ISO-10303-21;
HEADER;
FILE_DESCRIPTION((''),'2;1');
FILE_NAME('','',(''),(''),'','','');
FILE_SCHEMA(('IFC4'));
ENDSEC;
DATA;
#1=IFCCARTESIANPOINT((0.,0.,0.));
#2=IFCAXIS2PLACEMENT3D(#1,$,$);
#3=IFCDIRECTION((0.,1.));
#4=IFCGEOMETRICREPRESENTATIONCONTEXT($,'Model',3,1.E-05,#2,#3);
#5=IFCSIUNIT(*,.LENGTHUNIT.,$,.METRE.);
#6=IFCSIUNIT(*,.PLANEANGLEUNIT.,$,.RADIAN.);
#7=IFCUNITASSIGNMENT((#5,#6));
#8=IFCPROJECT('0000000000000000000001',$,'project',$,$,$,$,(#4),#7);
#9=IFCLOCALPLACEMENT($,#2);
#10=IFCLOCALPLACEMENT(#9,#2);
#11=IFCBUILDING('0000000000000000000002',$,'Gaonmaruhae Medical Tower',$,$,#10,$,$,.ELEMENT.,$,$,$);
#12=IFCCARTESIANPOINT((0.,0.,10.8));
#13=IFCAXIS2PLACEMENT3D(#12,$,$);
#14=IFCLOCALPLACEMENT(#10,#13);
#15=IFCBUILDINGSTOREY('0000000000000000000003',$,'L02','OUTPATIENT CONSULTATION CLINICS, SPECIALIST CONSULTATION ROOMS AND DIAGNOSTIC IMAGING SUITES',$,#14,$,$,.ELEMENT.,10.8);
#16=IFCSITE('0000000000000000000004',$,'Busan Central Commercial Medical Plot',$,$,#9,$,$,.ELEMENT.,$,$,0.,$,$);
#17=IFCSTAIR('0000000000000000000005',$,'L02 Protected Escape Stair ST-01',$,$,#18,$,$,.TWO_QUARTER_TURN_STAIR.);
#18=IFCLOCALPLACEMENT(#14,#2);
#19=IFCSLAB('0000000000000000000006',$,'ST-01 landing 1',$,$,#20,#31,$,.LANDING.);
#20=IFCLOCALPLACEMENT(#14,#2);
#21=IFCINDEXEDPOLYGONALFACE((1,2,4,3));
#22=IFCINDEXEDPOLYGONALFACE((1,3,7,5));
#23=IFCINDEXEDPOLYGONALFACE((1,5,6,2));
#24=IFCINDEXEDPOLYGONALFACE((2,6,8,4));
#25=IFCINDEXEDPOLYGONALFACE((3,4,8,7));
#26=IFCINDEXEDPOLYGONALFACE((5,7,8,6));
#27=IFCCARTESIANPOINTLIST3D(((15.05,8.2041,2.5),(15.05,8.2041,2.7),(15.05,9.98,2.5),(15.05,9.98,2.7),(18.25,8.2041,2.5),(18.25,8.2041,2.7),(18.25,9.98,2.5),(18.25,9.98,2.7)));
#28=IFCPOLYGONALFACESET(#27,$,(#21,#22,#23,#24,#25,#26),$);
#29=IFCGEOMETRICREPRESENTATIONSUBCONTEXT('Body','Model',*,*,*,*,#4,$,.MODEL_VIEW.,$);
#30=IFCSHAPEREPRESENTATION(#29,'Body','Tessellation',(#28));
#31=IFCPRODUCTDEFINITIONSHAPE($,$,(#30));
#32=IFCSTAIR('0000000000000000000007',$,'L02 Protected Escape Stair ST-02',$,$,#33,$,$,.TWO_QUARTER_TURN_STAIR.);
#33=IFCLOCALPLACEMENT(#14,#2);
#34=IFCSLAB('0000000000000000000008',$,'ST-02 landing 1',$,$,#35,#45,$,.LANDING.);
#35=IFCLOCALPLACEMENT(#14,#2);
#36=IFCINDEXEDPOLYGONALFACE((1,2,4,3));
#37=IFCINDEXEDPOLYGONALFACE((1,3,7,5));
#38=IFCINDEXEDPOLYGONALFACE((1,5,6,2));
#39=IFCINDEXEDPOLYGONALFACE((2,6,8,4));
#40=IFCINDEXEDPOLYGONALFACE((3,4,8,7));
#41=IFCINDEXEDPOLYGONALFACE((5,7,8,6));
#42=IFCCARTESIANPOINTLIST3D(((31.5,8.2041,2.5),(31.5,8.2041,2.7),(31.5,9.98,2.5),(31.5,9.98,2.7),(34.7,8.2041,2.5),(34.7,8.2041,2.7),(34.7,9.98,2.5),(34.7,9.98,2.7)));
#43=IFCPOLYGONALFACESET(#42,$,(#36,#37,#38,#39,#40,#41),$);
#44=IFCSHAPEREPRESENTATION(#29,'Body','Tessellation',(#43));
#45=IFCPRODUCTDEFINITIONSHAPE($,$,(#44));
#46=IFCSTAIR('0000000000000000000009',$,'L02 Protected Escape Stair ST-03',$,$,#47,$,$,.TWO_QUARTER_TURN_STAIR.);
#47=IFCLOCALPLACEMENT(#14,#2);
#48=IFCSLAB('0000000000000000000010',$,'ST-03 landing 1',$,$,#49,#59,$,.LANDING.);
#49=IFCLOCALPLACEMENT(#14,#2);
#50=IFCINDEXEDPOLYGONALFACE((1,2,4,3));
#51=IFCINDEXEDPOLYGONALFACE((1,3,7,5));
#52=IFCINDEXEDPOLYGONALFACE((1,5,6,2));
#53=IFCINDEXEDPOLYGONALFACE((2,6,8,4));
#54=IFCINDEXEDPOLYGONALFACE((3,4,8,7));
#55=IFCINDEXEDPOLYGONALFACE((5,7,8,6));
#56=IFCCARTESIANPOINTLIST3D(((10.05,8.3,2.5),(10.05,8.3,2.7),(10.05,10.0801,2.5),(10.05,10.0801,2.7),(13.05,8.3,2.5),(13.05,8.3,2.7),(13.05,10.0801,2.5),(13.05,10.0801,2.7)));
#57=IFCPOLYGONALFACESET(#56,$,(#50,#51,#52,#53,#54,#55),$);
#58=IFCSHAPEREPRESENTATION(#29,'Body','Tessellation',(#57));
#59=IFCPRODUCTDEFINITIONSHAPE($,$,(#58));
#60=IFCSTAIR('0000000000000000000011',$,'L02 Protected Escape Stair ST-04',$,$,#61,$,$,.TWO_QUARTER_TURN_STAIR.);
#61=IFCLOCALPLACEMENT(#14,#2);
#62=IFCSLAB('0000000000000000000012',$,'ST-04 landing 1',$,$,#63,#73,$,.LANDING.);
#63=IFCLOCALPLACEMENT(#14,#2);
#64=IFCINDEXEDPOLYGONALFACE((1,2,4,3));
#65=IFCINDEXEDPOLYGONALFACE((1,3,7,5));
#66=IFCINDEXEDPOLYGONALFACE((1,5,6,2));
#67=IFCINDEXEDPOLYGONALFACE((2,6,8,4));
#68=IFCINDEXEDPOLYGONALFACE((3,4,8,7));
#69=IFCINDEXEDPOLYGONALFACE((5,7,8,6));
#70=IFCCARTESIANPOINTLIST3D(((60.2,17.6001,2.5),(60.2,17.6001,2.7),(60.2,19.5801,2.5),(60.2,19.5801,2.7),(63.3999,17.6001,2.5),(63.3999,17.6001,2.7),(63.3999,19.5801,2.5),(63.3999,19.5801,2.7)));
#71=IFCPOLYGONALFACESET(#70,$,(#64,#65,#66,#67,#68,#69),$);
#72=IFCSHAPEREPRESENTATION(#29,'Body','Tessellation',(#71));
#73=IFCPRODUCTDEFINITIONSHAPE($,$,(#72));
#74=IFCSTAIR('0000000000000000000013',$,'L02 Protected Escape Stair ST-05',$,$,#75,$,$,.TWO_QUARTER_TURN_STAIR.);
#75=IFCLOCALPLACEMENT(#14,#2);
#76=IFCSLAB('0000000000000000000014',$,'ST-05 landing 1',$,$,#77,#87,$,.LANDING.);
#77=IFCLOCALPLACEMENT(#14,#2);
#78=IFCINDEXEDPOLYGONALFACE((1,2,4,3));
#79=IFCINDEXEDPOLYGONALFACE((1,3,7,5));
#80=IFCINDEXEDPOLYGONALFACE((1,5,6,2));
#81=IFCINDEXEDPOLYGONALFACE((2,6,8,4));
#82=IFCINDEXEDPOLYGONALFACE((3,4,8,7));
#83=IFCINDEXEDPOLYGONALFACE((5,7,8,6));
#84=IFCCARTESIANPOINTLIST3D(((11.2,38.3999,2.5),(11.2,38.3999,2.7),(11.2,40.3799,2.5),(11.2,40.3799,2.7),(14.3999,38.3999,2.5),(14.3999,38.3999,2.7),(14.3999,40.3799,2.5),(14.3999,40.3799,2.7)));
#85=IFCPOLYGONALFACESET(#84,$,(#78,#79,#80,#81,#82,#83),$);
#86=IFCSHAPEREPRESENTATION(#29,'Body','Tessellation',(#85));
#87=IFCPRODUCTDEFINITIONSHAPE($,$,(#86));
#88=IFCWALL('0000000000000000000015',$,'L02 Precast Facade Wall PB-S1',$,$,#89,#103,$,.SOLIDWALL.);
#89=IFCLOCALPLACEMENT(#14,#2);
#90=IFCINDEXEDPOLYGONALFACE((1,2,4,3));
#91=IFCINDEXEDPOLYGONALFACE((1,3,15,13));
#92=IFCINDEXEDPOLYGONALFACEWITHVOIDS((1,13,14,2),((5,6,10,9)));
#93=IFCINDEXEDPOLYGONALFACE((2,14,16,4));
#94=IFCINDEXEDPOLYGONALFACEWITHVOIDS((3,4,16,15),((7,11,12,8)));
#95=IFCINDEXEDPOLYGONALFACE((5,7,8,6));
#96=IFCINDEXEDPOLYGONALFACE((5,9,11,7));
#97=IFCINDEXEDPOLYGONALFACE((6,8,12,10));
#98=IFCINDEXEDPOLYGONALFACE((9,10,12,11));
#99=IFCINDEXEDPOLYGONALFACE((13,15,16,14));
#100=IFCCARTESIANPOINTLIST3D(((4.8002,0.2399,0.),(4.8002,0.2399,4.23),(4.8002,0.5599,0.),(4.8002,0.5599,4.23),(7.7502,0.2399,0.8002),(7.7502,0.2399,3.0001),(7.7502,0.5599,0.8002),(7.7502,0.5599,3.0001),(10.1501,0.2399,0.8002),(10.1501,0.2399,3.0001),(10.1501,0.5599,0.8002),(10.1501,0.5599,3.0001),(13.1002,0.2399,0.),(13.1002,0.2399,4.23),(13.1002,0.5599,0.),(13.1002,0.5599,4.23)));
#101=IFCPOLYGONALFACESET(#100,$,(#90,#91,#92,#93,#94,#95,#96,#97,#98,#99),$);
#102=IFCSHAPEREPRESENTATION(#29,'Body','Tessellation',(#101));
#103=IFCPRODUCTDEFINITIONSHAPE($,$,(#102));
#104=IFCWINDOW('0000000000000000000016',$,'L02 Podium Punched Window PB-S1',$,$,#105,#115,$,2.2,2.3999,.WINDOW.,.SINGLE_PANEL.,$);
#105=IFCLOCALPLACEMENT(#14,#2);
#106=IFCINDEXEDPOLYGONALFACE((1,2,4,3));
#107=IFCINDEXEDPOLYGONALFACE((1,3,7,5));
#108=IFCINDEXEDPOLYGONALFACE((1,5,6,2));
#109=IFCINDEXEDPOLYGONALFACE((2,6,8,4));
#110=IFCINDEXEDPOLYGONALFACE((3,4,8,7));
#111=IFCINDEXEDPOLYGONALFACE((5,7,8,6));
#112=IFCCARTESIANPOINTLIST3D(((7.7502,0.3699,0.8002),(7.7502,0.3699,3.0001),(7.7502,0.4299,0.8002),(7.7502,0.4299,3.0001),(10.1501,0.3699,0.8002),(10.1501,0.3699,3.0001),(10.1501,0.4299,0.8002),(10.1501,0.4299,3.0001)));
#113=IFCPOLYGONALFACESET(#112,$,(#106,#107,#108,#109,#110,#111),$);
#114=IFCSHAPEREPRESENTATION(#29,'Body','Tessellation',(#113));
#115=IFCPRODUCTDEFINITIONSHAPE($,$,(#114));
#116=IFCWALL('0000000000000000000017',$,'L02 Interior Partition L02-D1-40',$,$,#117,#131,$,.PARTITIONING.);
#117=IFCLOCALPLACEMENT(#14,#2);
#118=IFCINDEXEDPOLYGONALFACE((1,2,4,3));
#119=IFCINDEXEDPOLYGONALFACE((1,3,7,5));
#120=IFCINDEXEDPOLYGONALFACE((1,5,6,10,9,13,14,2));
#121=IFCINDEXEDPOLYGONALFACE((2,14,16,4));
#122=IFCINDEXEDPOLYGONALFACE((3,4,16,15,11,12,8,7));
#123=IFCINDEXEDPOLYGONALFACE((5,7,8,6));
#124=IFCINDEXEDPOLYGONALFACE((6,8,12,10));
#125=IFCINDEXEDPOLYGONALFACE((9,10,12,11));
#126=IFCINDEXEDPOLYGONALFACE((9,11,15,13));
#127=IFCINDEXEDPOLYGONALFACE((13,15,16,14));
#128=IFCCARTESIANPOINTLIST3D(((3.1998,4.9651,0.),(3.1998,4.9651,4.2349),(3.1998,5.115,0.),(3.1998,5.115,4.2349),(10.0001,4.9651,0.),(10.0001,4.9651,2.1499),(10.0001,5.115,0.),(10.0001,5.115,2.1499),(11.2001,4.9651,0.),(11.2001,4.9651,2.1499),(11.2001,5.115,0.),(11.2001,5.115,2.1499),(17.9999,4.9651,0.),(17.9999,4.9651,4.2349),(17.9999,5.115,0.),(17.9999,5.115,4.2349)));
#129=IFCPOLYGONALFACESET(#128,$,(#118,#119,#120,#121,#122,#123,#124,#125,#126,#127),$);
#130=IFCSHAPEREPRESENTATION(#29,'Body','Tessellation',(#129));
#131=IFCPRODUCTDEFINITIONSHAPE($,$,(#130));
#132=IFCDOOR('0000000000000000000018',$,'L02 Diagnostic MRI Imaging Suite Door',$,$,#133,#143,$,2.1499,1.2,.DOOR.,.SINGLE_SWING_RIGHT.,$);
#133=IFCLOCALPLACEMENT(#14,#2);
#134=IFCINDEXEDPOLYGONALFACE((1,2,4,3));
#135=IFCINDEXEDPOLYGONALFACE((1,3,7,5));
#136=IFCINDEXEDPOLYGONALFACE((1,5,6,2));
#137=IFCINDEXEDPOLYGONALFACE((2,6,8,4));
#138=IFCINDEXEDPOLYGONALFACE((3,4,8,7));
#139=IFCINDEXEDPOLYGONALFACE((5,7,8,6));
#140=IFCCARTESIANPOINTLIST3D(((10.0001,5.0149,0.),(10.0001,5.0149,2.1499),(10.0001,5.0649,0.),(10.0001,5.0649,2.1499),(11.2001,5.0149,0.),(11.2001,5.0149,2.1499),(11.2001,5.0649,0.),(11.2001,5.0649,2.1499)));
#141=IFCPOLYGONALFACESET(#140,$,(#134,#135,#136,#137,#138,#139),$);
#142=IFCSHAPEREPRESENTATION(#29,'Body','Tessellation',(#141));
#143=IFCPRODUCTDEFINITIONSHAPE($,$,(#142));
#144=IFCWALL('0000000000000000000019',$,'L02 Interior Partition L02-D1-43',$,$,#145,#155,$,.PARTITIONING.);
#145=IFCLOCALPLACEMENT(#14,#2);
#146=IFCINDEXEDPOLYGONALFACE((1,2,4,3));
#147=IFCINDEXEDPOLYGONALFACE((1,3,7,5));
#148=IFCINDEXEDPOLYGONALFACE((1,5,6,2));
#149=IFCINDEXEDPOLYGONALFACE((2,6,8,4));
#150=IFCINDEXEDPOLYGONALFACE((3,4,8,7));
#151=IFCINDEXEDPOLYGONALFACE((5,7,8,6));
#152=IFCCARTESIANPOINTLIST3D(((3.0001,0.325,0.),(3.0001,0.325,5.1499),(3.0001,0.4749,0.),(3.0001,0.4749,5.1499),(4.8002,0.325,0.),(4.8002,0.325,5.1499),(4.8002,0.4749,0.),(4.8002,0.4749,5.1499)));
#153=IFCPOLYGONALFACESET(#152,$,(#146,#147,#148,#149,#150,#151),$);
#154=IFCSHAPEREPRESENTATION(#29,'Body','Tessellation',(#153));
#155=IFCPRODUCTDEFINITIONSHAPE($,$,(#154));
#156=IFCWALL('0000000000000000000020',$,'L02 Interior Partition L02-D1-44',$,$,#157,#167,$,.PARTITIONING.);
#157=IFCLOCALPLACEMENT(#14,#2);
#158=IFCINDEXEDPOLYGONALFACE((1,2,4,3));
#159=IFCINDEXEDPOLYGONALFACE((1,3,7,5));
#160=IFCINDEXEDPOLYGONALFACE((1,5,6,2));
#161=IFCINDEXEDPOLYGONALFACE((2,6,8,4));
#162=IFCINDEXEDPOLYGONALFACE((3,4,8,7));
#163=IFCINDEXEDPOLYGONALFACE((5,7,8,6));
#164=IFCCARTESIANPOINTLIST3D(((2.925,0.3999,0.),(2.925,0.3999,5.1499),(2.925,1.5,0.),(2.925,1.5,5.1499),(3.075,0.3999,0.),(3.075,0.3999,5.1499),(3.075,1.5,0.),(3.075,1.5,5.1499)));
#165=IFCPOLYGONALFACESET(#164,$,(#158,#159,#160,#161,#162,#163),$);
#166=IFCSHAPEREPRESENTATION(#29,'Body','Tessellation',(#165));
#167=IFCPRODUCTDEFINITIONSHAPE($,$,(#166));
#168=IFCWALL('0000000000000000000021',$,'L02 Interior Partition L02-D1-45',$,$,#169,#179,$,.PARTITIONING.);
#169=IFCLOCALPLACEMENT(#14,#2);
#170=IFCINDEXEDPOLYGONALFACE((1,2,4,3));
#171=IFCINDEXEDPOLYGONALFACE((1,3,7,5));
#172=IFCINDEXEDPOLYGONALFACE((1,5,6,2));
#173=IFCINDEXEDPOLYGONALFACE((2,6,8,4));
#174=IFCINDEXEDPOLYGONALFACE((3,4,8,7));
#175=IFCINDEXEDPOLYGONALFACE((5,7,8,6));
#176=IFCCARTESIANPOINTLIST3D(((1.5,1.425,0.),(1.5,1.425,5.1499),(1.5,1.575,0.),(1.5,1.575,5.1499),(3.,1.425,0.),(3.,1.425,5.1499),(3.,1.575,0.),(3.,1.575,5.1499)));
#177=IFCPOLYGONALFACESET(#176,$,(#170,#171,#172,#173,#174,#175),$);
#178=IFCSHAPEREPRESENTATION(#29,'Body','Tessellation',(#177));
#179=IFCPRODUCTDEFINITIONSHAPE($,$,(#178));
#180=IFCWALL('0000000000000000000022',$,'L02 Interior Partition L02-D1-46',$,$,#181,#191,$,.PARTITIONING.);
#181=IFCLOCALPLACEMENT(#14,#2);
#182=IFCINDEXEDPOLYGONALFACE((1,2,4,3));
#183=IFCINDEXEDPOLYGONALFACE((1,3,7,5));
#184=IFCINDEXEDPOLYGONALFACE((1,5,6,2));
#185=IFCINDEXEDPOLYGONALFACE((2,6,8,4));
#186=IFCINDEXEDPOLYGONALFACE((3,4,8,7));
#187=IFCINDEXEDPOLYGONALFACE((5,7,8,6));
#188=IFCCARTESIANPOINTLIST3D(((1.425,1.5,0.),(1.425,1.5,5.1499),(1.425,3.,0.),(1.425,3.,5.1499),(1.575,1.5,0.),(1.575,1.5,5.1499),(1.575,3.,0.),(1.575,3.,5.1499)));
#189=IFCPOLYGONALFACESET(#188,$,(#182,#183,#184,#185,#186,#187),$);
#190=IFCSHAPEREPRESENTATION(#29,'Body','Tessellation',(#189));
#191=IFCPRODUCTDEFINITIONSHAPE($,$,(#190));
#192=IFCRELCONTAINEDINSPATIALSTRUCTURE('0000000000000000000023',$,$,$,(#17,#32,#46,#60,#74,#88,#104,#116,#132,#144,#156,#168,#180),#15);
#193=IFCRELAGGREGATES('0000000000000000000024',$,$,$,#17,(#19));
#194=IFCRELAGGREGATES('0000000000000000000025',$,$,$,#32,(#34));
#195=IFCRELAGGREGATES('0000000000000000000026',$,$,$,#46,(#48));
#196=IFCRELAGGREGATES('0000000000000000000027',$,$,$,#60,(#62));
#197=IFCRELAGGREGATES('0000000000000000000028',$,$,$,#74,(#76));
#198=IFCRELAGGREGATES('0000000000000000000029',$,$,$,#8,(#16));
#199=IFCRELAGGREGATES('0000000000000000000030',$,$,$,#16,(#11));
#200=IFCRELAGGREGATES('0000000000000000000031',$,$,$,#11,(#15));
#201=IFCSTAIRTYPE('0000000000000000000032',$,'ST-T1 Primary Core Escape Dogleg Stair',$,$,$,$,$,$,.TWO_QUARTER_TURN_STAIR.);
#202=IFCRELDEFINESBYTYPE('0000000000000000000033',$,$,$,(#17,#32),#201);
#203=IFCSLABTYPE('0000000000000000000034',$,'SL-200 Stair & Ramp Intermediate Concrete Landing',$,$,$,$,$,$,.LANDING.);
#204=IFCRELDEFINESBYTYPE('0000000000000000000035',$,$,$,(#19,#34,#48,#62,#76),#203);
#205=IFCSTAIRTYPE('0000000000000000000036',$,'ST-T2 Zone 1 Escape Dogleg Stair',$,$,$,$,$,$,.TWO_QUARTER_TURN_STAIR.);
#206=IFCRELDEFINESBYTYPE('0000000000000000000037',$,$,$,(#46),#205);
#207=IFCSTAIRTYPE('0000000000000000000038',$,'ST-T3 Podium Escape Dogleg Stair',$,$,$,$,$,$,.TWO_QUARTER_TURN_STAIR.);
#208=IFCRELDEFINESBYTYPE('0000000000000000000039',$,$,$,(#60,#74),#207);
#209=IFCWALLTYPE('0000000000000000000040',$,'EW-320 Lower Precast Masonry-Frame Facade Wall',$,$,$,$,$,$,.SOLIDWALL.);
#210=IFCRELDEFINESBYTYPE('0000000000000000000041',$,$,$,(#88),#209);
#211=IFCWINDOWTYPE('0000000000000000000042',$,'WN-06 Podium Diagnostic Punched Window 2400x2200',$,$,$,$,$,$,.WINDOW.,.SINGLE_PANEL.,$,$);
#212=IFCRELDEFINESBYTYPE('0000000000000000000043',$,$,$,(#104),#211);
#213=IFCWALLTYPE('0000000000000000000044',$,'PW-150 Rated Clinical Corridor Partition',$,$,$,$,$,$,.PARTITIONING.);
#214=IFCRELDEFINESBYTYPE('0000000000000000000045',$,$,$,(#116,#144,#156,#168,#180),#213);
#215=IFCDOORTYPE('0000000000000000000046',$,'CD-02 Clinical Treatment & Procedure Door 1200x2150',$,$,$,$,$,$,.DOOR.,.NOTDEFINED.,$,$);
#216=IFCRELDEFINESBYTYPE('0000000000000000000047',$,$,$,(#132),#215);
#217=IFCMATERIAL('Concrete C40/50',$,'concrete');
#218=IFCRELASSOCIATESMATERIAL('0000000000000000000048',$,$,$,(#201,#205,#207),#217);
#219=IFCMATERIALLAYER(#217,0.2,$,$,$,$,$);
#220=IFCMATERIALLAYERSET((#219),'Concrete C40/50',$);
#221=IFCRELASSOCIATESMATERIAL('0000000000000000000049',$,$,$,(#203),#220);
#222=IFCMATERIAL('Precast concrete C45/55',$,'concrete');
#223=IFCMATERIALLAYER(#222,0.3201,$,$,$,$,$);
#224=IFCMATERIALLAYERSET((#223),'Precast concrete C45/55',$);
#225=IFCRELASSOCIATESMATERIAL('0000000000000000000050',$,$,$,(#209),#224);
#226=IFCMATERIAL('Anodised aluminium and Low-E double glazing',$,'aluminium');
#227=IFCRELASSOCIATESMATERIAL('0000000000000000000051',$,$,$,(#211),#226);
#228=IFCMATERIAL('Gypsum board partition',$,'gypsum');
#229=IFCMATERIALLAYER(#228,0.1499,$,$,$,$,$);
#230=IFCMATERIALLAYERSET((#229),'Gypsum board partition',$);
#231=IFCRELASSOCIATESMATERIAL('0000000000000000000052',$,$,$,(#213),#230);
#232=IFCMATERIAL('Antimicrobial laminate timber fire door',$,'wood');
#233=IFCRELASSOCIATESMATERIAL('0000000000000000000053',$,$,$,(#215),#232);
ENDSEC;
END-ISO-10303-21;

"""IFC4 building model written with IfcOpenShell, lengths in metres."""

from ifc_helpers import new_model, si_unit, direction, frame, frame_2d, origin, place, context, subcontext, project, spatial, polyline, rectangle, outline, extrude, material, layer, layer_set, type_object, element, fill, aggregate, save


model = new_model("IFC4")

# Units and contexts
model_context = context("Model", 3, precision=1e-05, world=origin(), true_north=direction((0.0, 1.0)))
body_context = subcontext(model_context, "Body", "Model", "MODEL_VIEW")
ifc_project = project(units=[si_unit("LENGTHUNIT", "METRE"), si_unit("PLANEANGLEUNIT", "RADIAN")], contexts=[model_context])

# Site, building, storey
site_placement = place(None, origin())
site = spatial("IfcSite", under=ifc_project, at=site_placement, Name="Busan Central Commercial Medical Plot", CompositionType="ELEMENT", RefElevation=0.0)
building_placement = place(site_placement, origin())
building = spatial("IfcBuilding", under=site, at=building_placement, Name="Gaonmaruhae Medical Tower", CompositionType="ELEMENT")
storey_placement = place(building_placement, frame((0.0, 0.0, 10.8)))
storey = spatial("IfcBuildingStorey", under=building, at=storey_placement, Name="L02", Description="OUTPATIENT CONSULTATION CLINICS, SPECIALIST CONSULTATION ROOMS AND DIAGNOSTIC IMAGING SUITES", CompositionType="ELEMENT", Elevation=10.8)

# Shared definitions
ifc_material_1 = material(Name="Concrete C40/50", Category="concrete")

# Stairs, slabs
stair_type_1 = type_object("IfcStairType", Name="ST-T1 Primary Core Escape Dogleg Stair", PredefinedType="TWO_QUARTER_TURN_STAIR", material=ifc_material_1)
stair_1_placement = place(storey_placement, origin())
stair_1 = element("IfcStair", 1, at=stair_1_placement, inside=storey, type_object=stair_type_1, Name="L02 Protected Escape Stair ST-01", PredefinedType="TWO_QUARTER_TURN_STAIR")
ifc_layer_1 = layer(ifc_material_1, 0.2)
ifc_layer_set_1 = layer_set([ifc_layer_1], Name="Concrete C40/50")
slab_type_1 = type_object("IfcSlabType", Name="SL-200 Stair & Ramp Intermediate Concrete Landing", PredefinedType="LANDING", material=ifc_layer_set_1)
slab_1_placement = place(storey_placement, frame((0.0, 0.0, 2.5)))
slab_1 = element("IfcSlab", 2, at=slab_1_placement, type_object=slab_type_1, Name="ST-01 landing 1", PredefinedType="LANDING", context=body_context, shape_type="SweptSolid", body=[
    extrude(outline(polyline([(15.05, 9.98), (15.05, 8.2041), (18.25, 8.2041), (18.25, 9.98), (15.05, 9.98)])), origin(), (0.0, 0.0, 1.0), 0.2),
])
aggregate(stair_1, [slab_1])
stair_2_placement = place(storey_placement, origin())
stair_2 = element("IfcStair", 3, at=stair_2_placement, inside=storey, type_object=stair_type_1, Name="L02 Protected Escape Stair ST-02", PredefinedType="TWO_QUARTER_TURN_STAIR")
slab_2_placement = place(storey_placement, frame((0.0, 0.0, 2.5)))
slab_2 = element("IfcSlab", 4, at=slab_2_placement, type_object=slab_type_1, Name="ST-02 landing 1", PredefinedType="LANDING", context=body_context, shape_type="SweptSolid", body=[
    extrude(outline(polyline([(31.5, 9.98), (31.5, 8.2041), (34.7, 8.2041), (34.7, 9.98), (31.5, 9.98)])), origin(), (0.0, 0.0, 1.0), 0.2),
])
aggregate(stair_2, [slab_2])
stair_type_2 = type_object("IfcStairType", Name="ST-T2 Zone 1 Escape Dogleg Stair", PredefinedType="TWO_QUARTER_TURN_STAIR", material=ifc_material_1)
stair_3_placement = place(storey_placement, origin())
stair_3 = element("IfcStair", 5, at=stair_3_placement, inside=storey, type_object=stair_type_2, Name="L02 Protected Escape Stair ST-03", PredefinedType="TWO_QUARTER_TURN_STAIR")
slab_3_placement = place(storey_placement, frame((0.0, 0.0, 2.5)))
slab_3 = element("IfcSlab", 6, at=slab_3_placement, type_object=slab_type_1, Name="ST-03 landing 1", PredefinedType="LANDING", context=body_context, shape_type="SweptSolid", body=[
    extrude(outline(polyline([(10.05, 10.0801), (10.05, 8.3), (13.05, 8.3), (13.05, 10.0801), (10.05, 10.0801)])), origin(), (0.0, 0.0, 1.0), 0.2),
])
aggregate(stair_3, [slab_3])
stair_type_3 = type_object("IfcStairType", Name="ST-T3 Podium Escape Dogleg Stair", PredefinedType="TWO_QUARTER_TURN_STAIR", material=ifc_material_1)
stair_4_placement = place(storey_placement, origin())
stair_4 = element("IfcStair", 7, at=stair_4_placement, inside=storey, type_object=stair_type_3, Name="L02 Protected Escape Stair ST-04", PredefinedType="TWO_QUARTER_TURN_STAIR")
slab_4_placement = place(storey_placement, frame((0.0, 0.0, 2.5)))
slab_4 = element("IfcSlab", 8, at=slab_4_placement, type_object=slab_type_1, Name="ST-04 landing 1", PredefinedType="LANDING", context=body_context, shape_type="SweptSolid", body=[
    extrude(outline(polyline([(60.2, 19.5801), (60.2, 17.6001), (63.3999, 17.6001), (63.3999, 19.5801), (60.2, 19.5801)])), origin(), (0.0, 0.0, 1.0), 0.2),
])
aggregate(stair_4, [slab_4])
stair_5_placement = place(storey_placement, origin())
stair_5 = element("IfcStair", 9, at=stair_5_placement, inside=storey, type_object=stair_type_3, Name="L02 Protected Escape Stair ST-05", PredefinedType="TWO_QUARTER_TURN_STAIR")
slab_5_placement = place(storey_placement, frame((0.0, 0.0, 2.5)))
slab_5 = element("IfcSlab", 10, at=slab_5_placement, type_object=slab_type_1, Name="ST-05 landing 1", PredefinedType="LANDING", context=body_context, shape_type="SweptSolid", body=[
    extrude(outline(polyline([(11.2, 40.3799), (11.2, 38.3999), (14.3999, 38.3999), (14.3999, 40.3799), (11.2, 40.3799)])), origin(), (0.0, 0.0, 1.0), 0.2),
])
aggregate(stair_5, [slab_5])

# Wall, opening, window
ifc_material_2 = material(Name="Precast concrete C45/55", Category="concrete")
ifc_layer_2 = layer(ifc_material_2, 0.3201)
ifc_layer_set_2 = layer_set([ifc_layer_2], Name="Precast concrete C45/55")
wall_type_1 = type_object("IfcWallType", Name="EW-320 Lower Precast Masonry-Frame Facade Wall", PredefinedType="SOLIDWALL", material=ifc_layer_set_2)
wall_1_placement = place(storey_placement, frame((13.1001, 0.3999, 0.0), z_axis=(0.0, 0.0, 1.0), x_axis=(-1.0, 0.0, 0.0)))
wall_1 = element("IfcWall", 11, at=wall_1_placement, inside=storey, type_object=wall_type_1, Name="L02 Precast Facade Wall PB-S1", PredefinedType="SOLIDWALL", context=body_context, shape_type="SweptSolid", body=[
    extrude(rectangle(XDim=8.3, YDim=0.3201, at=frame_2d((4.1499, 0.0))), origin(), (0.0, 0.0, 1.0), 4.23),
])
opening_1_placement = place(wall_1_placement, frame((2.95, 0.0, 0.8)))
opening_1 = element("IfcOpeningElement", 12, at=opening_1_placement, cuts=wall_1, PredefinedType="OPENING", context=body_context, shape_type="SweptSolid", body=[
    extrude(rectangle(XDim=2.3999, YDim=2.2, at=frame_2d((1.2, 1.1001))), frame((0.0, 0.1699, 0.0), z_axis=(0.0, -1.0, 0.0), x_axis=(1.0, 0.0, 0.0)), (0.0, 0.0, 1.0), 0.3401),
])
ifc_material_3 = material(Name="Anodised aluminium and Low-E double glazing", Category="aluminium")
window_type = type_object("IfcWindowType", Name="WN-06 Podium Diagnostic Punched Window 2400x2200", PartitioningType="SINGLE_PANEL", PredefinedType="WINDOW", material=ifc_material_3)
window_placement = place(opening_1_placement, origin())
window = element("IfcWindow", 13, at=window_placement, inside=storey, type_object=window_type, Name="L02 Podium Punched Window PB-S1", OverallHeight=2.2, OverallWidth=2.3999, PartitioningType="SINGLE_PANEL", PredefinedType="WINDOW", context=body_context, shape_type="SweptSolid", body=[
    extrude(rectangle(XDim=2.3999, YDim=2.2, at=frame_2d((1.2, 1.1001))), frame((0.0, 0.03, 0.0), z_axis=(0.0, -1.0, 0.0), x_axis=(1.0, 0.0, 0.0)), (0.0, 0.0, 1.0), 0.0601),
])
fill(opening_1, window)

# Wall, opening, door
ifc_material_4 = material(Name="Gypsum board partition", Category="gypsum")
ifc_layer_3 = layer(ifc_material_4, 0.1499)
ifc_layer_set_3 = layer_set([ifc_layer_3], Name="Gypsum board partition")
wall_type_2 = type_object("IfcWallType", Name="PW-150 Rated Clinical Corridor Partition", PredefinedType="PARTITIONING", material=ifc_layer_set_3)
wall_2_placement = place(storey_placement, frame((3.2, 5.04, 0.0), z_axis=(0.0, 0.0, 1.0), x_axis=(1.0, 0.0, 0.0)))
wall_2 = element("IfcWall", 14, at=wall_2_placement, inside=storey, type_object=wall_type_2, Name="L02 Interior Partition L02-D1-40", PredefinedType="PARTITIONING", context=body_context, shape_type="SweptSolid", body=[
    extrude(rectangle(XDim=14.8, YDim=0.1499, at=frame_2d((7.3999, 0.0))), origin(), (0.0, 0.0, 1.0), 4.2349),
])
opening_2_placement = place(wall_2_placement, frame((6.8, 0.0, 0.0)))
opening_2 = element("IfcOpeningElement", 15, at=opening_2_placement, cuts=wall_2, PredefinedType="OPENING", context=body_context, shape_type="SweptSolid", body=[
    extrude(rectangle(XDim=1.2, YDim=2.1499, at=frame_2d((0.6001, 1.075))), frame((0.0, 0.085, 0.0), z_axis=(0.0, -1.0, 0.0), x_axis=(1.0, 0.0, 0.0)), (0.0, 0.0, 1.0), 0.1699),
])
ifc_material_5 = material(Name="Antimicrobial laminate timber fire door", Category="wood")
door_type = type_object("IfcDoorType", Name="CD-02 Clinical Treatment & Procedure Door 1200x2150", OperationType="NOTDEFINED", PredefinedType="DOOR", material=ifc_material_5)
door_placement = place(opening_2_placement, origin())
door = element("IfcDoor", 16, at=door_placement, inside=storey, type_object=door_type, Name="L02 Diagnostic MRI Imaging Suite Door", OperationType="SINGLE_SWING_RIGHT", OverallHeight=2.1499, OverallWidth=1.2, PredefinedType="DOOR", context=body_context, shape_type="SweptSolid", body=[
    extrude(rectangle(XDim=1.2, YDim=2.1499, at=frame_2d((0.6001, 1.075))), frame((0.0, 0.0249, 0.0), z_axis=(0.0, -1.0, 0.0), x_axis=(1.0, 0.0, 0.0)), (0.0, 0.0, 1.0), 0.05),
])
fill(opening_2, door)

# Walls
wall_3_placement = place(storey_placement, frame((4.8, 0.3999, 0.0), z_axis=(0.0, 0.0, 1.0), x_axis=(-1.0, 0.0, 0.0)))
element("IfcWall", 17, at=wall_3_placement, inside=storey, type_object=wall_type_2, Name="L02 Interior Partition L02-D1-43", PredefinedType="PARTITIONING", context=body_context, shape_type="SweptSolid", body=[
    extrude(rectangle(XDim=1.8, YDim=0.1499, at=frame_2d((0.8999, 0.0))), origin(), (0.0, 0.0, 1.0), 5.1499),
])
wall_4_placement = place(storey_placement, frame((3.0, 0.3999, 0.0), z_axis=(0.0, 0.0, 1.0), x_axis=(0.0, 1.0, 0.0)))
element("IfcWall", 18, at=wall_4_placement, inside=storey, type_object=wall_type_2, Name="L02 Interior Partition L02-D1-44", PredefinedType="PARTITIONING", context=body_context, shape_type="SweptSolid", body=[
    extrude(rectangle(XDim=1.1001, YDim=0.1499, at=frame_2d((0.55, 0.0))), origin(), (0.0, 0.0, 1.0), 5.1499),
])
for number, where, z_axis, x_axis, name in (
    (19, (3.0, 1.5, 0.0), (0.0, 0.0, 1.0), (-1.0, 0.0, 0.0), "L02 Interior Partition L02-D1-45"),
    (20, (1.5, 1.5, 0.0), (0.0, 0.0, 1.0), (0.0, 1.0, 0.0), "L02 Interior Partition L02-D1-46"),
):
    element("IfcWall", number, at=place(storey_placement, frame(where, z_axis=z_axis, x_axis=x_axis)), inside=storey, type_object=wall_type_2, Name=name, PredefinedType="PARTITIONING", context=body_context, shape_type="SweptSolid", body=[
        extrude(rectangle(XDim=1.5, YDim=0.1499, at=frame_2d((0.75, 0.0))), origin(), (0.0, 0.0, 1.0), 5.1499),
    ])

save(model, "model.ifc")
